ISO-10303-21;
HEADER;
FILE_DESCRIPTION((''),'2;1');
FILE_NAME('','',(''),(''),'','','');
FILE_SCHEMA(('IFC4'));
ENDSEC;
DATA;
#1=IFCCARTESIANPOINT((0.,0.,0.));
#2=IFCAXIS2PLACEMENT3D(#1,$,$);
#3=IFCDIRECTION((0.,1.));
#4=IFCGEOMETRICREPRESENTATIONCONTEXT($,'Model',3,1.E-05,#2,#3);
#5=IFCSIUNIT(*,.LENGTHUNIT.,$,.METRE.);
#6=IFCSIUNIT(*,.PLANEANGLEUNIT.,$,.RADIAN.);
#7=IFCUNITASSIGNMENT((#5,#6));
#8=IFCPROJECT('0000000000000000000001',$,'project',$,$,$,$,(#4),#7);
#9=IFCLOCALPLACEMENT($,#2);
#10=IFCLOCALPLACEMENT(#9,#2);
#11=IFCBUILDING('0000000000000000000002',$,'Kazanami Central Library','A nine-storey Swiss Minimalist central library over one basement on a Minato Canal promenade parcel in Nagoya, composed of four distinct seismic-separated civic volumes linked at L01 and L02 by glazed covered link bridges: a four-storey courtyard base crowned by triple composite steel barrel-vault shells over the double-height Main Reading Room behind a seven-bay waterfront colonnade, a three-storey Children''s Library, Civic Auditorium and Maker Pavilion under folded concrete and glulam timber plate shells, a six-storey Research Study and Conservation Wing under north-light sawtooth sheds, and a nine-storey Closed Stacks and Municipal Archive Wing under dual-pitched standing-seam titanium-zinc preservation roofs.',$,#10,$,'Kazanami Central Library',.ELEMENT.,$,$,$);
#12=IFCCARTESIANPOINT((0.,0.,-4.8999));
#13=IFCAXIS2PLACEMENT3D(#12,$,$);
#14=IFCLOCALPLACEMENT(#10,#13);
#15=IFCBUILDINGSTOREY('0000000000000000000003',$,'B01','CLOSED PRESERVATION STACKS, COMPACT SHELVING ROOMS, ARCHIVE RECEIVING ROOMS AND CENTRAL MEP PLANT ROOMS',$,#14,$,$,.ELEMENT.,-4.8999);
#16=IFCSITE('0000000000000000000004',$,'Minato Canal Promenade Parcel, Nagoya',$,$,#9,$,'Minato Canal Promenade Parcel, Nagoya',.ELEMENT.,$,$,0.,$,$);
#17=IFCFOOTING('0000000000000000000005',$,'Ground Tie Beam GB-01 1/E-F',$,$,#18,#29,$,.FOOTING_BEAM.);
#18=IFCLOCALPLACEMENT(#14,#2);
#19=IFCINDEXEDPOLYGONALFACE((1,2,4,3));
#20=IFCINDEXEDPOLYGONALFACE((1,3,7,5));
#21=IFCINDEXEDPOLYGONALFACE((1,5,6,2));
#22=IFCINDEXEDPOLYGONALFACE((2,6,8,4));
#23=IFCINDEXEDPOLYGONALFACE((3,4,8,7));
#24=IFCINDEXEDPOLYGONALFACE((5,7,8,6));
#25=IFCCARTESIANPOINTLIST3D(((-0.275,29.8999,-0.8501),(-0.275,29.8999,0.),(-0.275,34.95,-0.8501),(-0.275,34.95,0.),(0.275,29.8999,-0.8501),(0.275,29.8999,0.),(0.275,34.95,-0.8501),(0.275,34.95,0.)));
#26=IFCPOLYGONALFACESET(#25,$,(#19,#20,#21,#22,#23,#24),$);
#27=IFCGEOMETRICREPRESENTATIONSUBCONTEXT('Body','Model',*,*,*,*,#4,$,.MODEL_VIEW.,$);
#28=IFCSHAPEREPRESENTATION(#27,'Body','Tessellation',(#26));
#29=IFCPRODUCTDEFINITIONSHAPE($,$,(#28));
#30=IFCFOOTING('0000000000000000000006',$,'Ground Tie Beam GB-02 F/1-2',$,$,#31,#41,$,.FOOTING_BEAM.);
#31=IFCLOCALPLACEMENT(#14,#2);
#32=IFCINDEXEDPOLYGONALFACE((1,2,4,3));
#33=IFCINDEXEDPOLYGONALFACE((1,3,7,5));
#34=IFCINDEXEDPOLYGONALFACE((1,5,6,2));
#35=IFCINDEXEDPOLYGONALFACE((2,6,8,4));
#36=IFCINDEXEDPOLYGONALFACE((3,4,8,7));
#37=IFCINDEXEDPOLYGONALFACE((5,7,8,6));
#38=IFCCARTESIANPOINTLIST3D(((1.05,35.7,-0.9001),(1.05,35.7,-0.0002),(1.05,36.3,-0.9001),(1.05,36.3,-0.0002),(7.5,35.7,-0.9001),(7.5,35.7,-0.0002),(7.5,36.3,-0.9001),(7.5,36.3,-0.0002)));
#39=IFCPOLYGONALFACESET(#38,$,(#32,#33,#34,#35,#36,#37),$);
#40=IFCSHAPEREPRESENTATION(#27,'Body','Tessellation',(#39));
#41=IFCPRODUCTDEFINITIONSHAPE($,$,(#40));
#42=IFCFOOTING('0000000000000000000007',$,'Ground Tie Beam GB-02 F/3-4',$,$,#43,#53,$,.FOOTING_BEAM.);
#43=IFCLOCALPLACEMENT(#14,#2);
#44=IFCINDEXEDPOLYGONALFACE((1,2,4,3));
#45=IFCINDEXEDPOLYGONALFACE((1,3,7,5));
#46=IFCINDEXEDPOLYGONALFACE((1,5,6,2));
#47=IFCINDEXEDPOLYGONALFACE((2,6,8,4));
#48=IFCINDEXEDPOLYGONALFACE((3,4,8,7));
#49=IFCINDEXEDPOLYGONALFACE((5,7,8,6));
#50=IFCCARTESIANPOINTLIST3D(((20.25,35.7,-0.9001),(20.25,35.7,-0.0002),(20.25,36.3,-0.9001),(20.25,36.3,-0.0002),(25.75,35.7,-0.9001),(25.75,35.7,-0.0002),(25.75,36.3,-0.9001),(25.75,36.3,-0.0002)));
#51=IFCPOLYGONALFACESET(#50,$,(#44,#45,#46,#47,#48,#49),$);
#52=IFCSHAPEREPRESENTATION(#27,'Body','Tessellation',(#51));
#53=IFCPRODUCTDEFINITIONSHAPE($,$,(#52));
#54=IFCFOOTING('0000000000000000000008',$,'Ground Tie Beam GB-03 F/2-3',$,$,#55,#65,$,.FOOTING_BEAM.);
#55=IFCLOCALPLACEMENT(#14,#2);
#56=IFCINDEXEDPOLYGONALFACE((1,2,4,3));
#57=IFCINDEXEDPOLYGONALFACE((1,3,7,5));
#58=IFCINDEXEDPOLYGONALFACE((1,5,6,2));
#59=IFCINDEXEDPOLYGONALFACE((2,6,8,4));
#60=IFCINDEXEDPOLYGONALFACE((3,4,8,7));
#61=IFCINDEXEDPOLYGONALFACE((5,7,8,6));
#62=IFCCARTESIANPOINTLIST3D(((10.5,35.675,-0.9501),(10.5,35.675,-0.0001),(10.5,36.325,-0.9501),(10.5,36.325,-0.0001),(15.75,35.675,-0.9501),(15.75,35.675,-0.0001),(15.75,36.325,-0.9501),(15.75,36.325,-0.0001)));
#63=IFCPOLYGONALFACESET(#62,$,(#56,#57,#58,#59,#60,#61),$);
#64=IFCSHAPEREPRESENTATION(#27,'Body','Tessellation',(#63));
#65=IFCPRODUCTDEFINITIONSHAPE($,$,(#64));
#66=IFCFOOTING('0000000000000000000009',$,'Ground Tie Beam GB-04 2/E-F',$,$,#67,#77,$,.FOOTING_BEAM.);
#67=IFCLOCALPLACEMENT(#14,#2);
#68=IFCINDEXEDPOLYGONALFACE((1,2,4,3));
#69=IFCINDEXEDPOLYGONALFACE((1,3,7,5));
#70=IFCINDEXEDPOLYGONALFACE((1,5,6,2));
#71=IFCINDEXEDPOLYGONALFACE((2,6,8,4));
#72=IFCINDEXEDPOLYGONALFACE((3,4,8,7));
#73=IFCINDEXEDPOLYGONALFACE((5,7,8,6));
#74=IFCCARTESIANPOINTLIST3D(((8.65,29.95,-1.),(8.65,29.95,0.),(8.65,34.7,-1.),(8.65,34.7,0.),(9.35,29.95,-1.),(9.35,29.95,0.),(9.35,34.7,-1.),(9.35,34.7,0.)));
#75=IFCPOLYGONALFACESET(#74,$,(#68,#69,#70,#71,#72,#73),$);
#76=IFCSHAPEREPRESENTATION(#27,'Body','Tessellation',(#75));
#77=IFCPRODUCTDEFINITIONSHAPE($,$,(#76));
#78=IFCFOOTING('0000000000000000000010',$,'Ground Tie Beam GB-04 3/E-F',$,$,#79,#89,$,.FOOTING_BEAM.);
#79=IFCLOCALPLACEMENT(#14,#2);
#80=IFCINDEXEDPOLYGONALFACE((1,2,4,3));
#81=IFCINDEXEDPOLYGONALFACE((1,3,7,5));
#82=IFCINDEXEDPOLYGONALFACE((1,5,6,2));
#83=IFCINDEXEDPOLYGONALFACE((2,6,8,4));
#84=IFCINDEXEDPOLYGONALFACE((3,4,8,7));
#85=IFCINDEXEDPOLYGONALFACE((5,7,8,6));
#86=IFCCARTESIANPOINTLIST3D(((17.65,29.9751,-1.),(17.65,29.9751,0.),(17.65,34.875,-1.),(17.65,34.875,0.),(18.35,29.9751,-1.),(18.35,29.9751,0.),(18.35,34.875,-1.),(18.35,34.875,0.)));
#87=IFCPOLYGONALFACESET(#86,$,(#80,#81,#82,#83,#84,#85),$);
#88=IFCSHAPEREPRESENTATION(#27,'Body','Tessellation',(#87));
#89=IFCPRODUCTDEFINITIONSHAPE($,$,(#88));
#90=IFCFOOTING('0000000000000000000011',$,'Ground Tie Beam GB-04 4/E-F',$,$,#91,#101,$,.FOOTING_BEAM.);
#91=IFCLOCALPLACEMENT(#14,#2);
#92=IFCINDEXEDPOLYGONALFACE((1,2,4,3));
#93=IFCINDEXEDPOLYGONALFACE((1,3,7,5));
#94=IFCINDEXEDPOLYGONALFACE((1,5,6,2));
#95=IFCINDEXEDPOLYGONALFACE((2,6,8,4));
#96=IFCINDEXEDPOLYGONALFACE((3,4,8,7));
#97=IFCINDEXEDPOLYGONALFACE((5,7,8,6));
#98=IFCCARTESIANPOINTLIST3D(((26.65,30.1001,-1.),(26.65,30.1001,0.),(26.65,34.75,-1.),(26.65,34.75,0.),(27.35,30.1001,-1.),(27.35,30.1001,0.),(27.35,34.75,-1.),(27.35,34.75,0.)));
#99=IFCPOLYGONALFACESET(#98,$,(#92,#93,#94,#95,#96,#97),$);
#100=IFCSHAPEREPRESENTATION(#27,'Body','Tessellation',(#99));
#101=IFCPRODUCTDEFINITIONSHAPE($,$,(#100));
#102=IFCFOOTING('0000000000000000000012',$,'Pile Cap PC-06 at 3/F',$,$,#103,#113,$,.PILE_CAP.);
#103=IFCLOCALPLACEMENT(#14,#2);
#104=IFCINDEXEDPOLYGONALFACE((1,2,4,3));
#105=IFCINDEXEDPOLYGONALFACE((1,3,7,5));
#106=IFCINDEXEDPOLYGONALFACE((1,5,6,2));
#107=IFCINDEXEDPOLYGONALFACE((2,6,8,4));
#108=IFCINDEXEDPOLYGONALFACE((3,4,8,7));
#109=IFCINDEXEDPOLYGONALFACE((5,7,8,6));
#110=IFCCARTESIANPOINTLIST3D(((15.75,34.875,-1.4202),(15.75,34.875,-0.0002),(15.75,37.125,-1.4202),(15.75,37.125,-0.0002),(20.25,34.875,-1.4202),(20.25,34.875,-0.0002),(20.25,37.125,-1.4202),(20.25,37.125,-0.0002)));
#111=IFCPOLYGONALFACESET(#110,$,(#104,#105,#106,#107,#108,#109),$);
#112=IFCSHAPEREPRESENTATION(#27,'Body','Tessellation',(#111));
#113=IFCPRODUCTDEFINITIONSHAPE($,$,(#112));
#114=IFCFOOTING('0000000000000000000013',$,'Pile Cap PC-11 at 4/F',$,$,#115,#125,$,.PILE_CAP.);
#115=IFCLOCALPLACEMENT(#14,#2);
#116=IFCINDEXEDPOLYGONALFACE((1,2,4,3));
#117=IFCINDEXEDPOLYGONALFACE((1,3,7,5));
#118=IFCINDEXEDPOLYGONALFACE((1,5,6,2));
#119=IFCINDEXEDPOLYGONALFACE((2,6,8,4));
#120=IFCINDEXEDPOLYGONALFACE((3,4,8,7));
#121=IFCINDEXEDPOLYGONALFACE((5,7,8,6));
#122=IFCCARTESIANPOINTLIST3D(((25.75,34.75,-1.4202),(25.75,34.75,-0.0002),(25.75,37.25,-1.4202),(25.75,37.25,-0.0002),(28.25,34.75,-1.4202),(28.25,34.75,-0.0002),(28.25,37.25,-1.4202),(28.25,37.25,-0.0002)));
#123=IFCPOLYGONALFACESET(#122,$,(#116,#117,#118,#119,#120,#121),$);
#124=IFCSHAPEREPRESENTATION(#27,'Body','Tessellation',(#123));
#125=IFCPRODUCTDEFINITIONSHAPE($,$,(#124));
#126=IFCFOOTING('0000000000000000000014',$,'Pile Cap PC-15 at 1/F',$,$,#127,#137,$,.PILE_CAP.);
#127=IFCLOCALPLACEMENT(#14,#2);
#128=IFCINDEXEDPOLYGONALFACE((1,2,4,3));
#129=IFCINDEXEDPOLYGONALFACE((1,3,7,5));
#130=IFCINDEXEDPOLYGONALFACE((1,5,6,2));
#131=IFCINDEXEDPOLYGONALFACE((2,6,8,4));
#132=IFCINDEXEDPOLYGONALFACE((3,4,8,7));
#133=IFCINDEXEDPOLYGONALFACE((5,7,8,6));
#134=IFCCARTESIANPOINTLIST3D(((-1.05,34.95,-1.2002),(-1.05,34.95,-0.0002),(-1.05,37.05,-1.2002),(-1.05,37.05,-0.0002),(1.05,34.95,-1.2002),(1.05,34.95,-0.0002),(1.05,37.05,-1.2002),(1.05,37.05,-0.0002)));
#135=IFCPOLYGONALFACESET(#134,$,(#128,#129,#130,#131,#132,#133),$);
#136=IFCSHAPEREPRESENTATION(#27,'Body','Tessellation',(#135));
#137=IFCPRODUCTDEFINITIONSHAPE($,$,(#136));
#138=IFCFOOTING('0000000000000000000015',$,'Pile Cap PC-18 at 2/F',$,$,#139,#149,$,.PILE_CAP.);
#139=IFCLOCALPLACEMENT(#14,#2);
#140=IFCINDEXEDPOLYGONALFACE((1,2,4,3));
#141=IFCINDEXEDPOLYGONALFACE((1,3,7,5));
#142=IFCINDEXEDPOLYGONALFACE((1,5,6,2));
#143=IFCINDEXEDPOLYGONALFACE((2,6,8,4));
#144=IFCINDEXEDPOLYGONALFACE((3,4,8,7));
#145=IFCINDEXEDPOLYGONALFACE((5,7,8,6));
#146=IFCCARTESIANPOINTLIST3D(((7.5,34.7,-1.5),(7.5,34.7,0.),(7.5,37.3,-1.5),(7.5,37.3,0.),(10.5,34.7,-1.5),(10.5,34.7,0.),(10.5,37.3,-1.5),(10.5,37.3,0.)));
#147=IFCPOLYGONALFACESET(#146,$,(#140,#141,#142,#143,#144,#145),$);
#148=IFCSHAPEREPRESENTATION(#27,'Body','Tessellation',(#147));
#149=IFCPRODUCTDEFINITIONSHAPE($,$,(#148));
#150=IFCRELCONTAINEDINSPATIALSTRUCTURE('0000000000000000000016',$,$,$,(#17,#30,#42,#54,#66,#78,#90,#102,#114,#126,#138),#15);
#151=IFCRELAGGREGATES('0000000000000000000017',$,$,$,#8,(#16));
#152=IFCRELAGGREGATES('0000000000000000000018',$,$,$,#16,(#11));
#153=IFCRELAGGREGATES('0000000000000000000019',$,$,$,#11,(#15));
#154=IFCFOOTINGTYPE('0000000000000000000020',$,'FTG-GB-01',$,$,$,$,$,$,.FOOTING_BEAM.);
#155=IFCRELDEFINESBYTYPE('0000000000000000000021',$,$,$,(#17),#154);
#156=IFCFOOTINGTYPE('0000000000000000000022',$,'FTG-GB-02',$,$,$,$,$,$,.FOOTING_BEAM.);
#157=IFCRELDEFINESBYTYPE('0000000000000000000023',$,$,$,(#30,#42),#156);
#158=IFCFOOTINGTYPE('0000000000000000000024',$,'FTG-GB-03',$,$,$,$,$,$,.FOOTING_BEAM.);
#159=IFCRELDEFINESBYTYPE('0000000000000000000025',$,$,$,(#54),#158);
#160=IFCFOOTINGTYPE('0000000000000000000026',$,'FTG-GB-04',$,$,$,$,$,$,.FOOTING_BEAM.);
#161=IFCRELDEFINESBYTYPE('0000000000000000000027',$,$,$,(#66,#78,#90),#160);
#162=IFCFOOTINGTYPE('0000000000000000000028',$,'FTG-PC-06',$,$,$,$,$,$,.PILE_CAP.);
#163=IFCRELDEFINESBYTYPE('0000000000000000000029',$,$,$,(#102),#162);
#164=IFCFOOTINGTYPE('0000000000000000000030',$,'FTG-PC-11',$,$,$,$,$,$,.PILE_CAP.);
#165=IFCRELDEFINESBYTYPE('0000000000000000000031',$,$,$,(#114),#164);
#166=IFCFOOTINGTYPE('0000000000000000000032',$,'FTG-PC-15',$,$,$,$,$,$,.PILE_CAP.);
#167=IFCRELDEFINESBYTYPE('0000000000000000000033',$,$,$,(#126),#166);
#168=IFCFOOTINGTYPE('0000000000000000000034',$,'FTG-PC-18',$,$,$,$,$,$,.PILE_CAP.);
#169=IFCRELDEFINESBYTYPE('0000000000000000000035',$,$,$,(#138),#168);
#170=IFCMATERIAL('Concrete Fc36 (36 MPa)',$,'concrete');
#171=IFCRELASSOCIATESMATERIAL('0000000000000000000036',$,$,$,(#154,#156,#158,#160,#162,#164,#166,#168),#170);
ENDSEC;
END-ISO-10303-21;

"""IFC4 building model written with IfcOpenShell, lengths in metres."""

from ifc_helpers import new_model, si_unit, direction, frame, origin, origin_2d, place, context, subcontext, project, spatial, rectangle, extrude, material, material_profile, profile_set, type_object, element, save


model = new_model("IFC4")

# Units and contexts
model_context = context("Model", 3, precision=1e-05, world=origin(), true_north=direction((0.0, 1.0)))
body_context = subcontext(model_context, "Body", "Model", "MODEL_VIEW")
ifc_project = project(units=[si_unit("LENGTHUNIT", "METRE"), si_unit("PLANEANGLEUNIT", "RADIAN")], contexts=[model_context])

# Site, building, storey
site_placement = place(None, origin())
site = spatial("IfcSite", under=ifc_project, at=site_placement, Name="Minato Canal Promenade Parcel, Nagoya", LongName="Minato Canal Promenade Parcel, Nagoya", CompositionType="ELEMENT", RefElevation=0.0)
building_placement = place(site_placement, origin())
building = spatial("IfcBuilding", under=site, at=building_placement, Name="Kazanami Central Library", Description="A nine-storey Swiss Minimalist central library over one basement on a Minato Canal promenade parcel in Nagoya, composed of four distinct seismic-separated civic volumes linked at L01 and L02 by glazed covered link bridges: a four-storey courtyard base crowned by triple composite steel barrel-vault shells over the double-height Main Reading Room behind a seven-bay waterfront colonnade, a three-storey Children's Library, Civic Auditorium and Maker Pavilion under folded concrete and glulam timber plate shells, a six-storey Research Study and Conservation Wing under north-light sawtooth sheds, and a nine-storey Closed Stacks and Municipal Archive Wing under dual-pitched standing-seam titanium-zinc preservation roofs.", LongName="Kazanami Central Library", CompositionType="ELEMENT")
storey_placement = place(building_placement, frame((0.0, 0.0, -4.8999)))
storey = spatial("IfcBuildingStorey", under=building, at=storey_placement, Name="B01", Description="CLOSED PRESERVATION STACKS, COMPACT SHELVING ROOMS, ARCHIVE RECEIVING ROOMS AND CENTRAL MEP PLANT ROOMS", CompositionType="ELEMENT", Elevation=-4.8999)

# Footings
ifc_material_1 = material(Name="Concrete Fc36 (36 MPa)", Category="concrete")
ifc_material_profile_1 = material_profile(ifc_material_1, rectangle(XDim=0.55, YDim=0.8501, at=origin_2d()), Name="RC-550x850")
ifc_profile_set_1 = profile_set([ifc_material_profile_1], Name="Concrete Fc36 (36 MPa)")
footing_type_1 = type_object("IfcFootingType", Name="FTG-GB-01", PredefinedType="FOOTING_BEAM", material=ifc_profile_set_1)
footing_1_placement = place(storey_placement, frame((0.0, 29.8999, -0.425), z_axis=(0.0, 1.0, 0.0), x_axis=(-1.0, 0.0, 0.0)))
element("IfcFooting", 1, at=footing_1_placement, inside=storey, type_object=footing_type_1, Name="Ground Tie Beam GB-01 1/E-F", PredefinedType="FOOTING_BEAM", context=body_context, shape_type="SweptSolid", body=[
    extrude(rectangle(XDim=0.55, YDim=0.8501, at=origin_2d()), origin(), (0.0, 0.0, 1.0), 5.05),
])
ifc_material_profile_2 = material_profile(ifc_material_1, rectangle(XDim=0.6001, YDim=0.8999, at=origin_2d()), Name="RC-600x900")
ifc_profile_set_2 = profile_set([ifc_material_profile_2], Name="Concrete Fc36 (36 MPa)")
footing_type_2 = type_object("IfcFootingType", Name="FTG-GB-02", PredefinedType="FOOTING_BEAM", material=ifc_profile_set_2)
footing_2_placement = place(storey_placement, frame((1.05, 36.0, -0.4502), z_axis=(1.0, 0.0, 0.0), x_axis=(0.0, 1.0, 0.0)))
element("IfcFooting", 2, at=footing_2_placement, inside=storey, type_object=footing_type_2, Name="Ground Tie Beam GB-02 F/1-2", PredefinedType="FOOTING_BEAM", context=body_context, shape_type="SweptSolid", body=[
    extrude(rectangle(XDim=0.6001, YDim=0.8999, at=origin_2d()), origin(), (0.0, 0.0, 1.0), 6.45),
])
footing_3_placement = place(storey_placement, frame((20.25, 36.0, -0.4502), z_axis=(1.0, 0.0, 0.0), x_axis=(0.0, 1.0, 0.0)))
element("IfcFooting", 3, at=footing_3_placement, inside=storey, type_object=footing_type_2, Name="Ground Tie Beam GB-02 F/3-4", PredefinedType="FOOTING_BEAM", context=body_context, shape_type="SweptSolid", body=[
    extrude(rectangle(XDim=0.6001, YDim=0.8999, at=origin_2d()), origin(), (0.0, 0.0, 1.0), 5.5),
])
ifc_material_profile_3 = material_profile(ifc_material_1, rectangle(XDim=0.6499, YDim=0.95, at=origin_2d()), Name="RC-650x950")
ifc_profile_set_3 = profile_set([ifc_material_profile_3], Name="Concrete Fc36 (36 MPa)")
footing_type_3 = type_object("IfcFootingType", Name="FTG-GB-03", PredefinedType="FOOTING_BEAM", material=ifc_profile_set_3)
footing_4_placement = place(storey_placement, frame((10.5, 36.0, -0.4751), z_axis=(1.0, 0.0, 0.0), x_axis=(0.0, 1.0, 0.0)))
element("IfcFooting", 4, at=footing_4_placement, inside=storey, type_object=footing_type_3, Name="Ground Tie Beam GB-03 F/2-3", PredefinedType="FOOTING_BEAM", context=body_context, shape_type="SweptSolid", body=[
    extrude(rectangle(XDim=0.6499, YDim=0.95, at=origin_2d()), origin(), (0.0, 0.0, 1.0), 5.25),
])
ifc_material_profile_4 = material_profile(ifc_material_1, rectangle(XDim=0.7, YDim=1.0, at=origin_2d()), Name="RC-700x1000")
ifc_profile_set_4 = profile_set([ifc_material_profile_4], Name="Concrete Fc36 (36 MPa)")
footing_type_4 = type_object("IfcFootingType", Name="FTG-GB-04", PredefinedType="FOOTING_BEAM", material=ifc_profile_set_4)
footing_5_placement = place(storey_placement, frame((9.0, 29.95, -0.5), z_axis=(0.0, 1.0, 0.0), x_axis=(-1.0, 0.0, 0.0)))
element("IfcFooting", 5, at=footing_5_placement, inside=storey, type_object=footing_type_4, Name="Ground Tie Beam GB-04 2/E-F", PredefinedType="FOOTING_BEAM", context=body_context, shape_type="SweptSolid", body=[
    extrude(rectangle(XDim=0.7, YDim=1.0, at=origin_2d()), origin(), (0.0, 0.0, 1.0), 4.75),
])
footing_6_placement = place(storey_placement, frame((18.0, 29.9751, -0.5), z_axis=(0.0, 1.0, 0.0), x_axis=(-1.0, 0.0, 0.0)))
element("IfcFooting", 6, at=footing_6_placement, inside=storey, type_object=footing_type_4, Name="Ground Tie Beam GB-04 3/E-F", PredefinedType="FOOTING_BEAM", context=body_context, shape_type="SweptSolid", body=[
    extrude(rectangle(XDim=0.7, YDim=1.0, at=origin_2d()), origin(), (0.0, 0.0, 1.0), 4.8999),
])
footing_7_placement = place(storey_placement, frame((27.0, 30.1001, -0.5), z_axis=(0.0, 1.0, 0.0), x_axis=(-1.0, 0.0, 0.0)))
element("IfcFooting", 7, at=footing_7_placement, inside=storey, type_object=footing_type_4, Name="Ground Tie Beam GB-04 4/E-F", PredefinedType="FOOTING_BEAM", context=body_context, shape_type="SweptSolid", body=[
    extrude(rectangle(XDim=0.7, YDim=1.0, at=origin_2d()), origin(), (0.0, 0.0, 1.0), 4.6499),
])
footing_type_5 = type_object("IfcFootingType", Name="FTG-PC-06", PredefinedType="PILE_CAP", material=ifc_material_1)
footing_8_placement = place(storey_placement, frame((18.0, 36.0, -1.4202), z_axis=(0.0, 0.0, 1.0), x_axis=(1.0, 0.0, 0.0)))
element("IfcFooting", 8, at=footing_8_placement, inside=storey, type_object=footing_type_5, Name="Pile Cap PC-06 at 3/F", PredefinedType="PILE_CAP", context=body_context, shape_type="SweptSolid", body=[
    extrude(rectangle(XDim=4.5, YDim=2.25, at=origin_2d()), origin(), (0.0, 0.0, 1.0), 1.4199),
])
footing_type_6 = type_object("IfcFootingType", Name="FTG-PC-11", PredefinedType="PILE_CAP", material=ifc_material_1)
footing_9_placement = place(storey_placement, frame((27.0, 36.0, -1.4202), z_axis=(0.0, 0.0, 1.0), x_axis=(1.0, 0.0, 0.0)))
element("IfcFooting", 9, at=footing_9_placement, inside=storey, type_object=footing_type_6, Name="Pile Cap PC-11 at 4/F", PredefinedType="PILE_CAP", context=body_context, shape_type="SweptSolid", body=[
    extrude(rectangle(XDim=2.5, YDim=2.5, at=origin_2d()), origin(), (0.0, 0.0, 1.0), 1.4199),
])
footing_type_7 = type_object("IfcFootingType", Name="FTG-PC-15", PredefinedType="PILE_CAP", material=ifc_material_1)
footing_10_placement = place(storey_placement, frame((0.0, 36.0, -1.2002), z_axis=(0.0, 0.0, 1.0), x_axis=(1.0, 0.0, 0.0)))
element("IfcFooting", 10, at=footing_10_placement, inside=storey, type_object=footing_type_7, Name="Pile Cap PC-15 at 1/F", PredefinedType="PILE_CAP", context=body_context, shape_type="SweptSolid", body=[
    extrude(rectangle(XDim=2.1001, YDim=2.1001, at=origin_2d()), origin(), (0.0, 0.0, 1.0), 1.2),
])
footing_type_8 = type_object("IfcFootingType", Name="FTG-PC-18", PredefinedType="PILE_CAP", material=ifc_material_1)
footing_11_placement = place(storey_placement, frame((9.0, 36.0, -1.5), z_axis=(0.0, 0.0, 1.0), x_axis=(1.0, 0.0, 0.0)))
element("IfcFooting", 11, at=footing_11_placement, inside=storey, type_object=footing_type_8, Name="Pile Cap PC-18 at 2/F", PredefinedType="PILE_CAP", context=body_context, shape_type="SweptSolid", body=[
    extrude(rectangle(XDim=3.0, YDim=2.6001, at=origin_2d()), origin(), (0.0, 0.0, 1.0), 1.5),
])

save(model, "model.ifc")
